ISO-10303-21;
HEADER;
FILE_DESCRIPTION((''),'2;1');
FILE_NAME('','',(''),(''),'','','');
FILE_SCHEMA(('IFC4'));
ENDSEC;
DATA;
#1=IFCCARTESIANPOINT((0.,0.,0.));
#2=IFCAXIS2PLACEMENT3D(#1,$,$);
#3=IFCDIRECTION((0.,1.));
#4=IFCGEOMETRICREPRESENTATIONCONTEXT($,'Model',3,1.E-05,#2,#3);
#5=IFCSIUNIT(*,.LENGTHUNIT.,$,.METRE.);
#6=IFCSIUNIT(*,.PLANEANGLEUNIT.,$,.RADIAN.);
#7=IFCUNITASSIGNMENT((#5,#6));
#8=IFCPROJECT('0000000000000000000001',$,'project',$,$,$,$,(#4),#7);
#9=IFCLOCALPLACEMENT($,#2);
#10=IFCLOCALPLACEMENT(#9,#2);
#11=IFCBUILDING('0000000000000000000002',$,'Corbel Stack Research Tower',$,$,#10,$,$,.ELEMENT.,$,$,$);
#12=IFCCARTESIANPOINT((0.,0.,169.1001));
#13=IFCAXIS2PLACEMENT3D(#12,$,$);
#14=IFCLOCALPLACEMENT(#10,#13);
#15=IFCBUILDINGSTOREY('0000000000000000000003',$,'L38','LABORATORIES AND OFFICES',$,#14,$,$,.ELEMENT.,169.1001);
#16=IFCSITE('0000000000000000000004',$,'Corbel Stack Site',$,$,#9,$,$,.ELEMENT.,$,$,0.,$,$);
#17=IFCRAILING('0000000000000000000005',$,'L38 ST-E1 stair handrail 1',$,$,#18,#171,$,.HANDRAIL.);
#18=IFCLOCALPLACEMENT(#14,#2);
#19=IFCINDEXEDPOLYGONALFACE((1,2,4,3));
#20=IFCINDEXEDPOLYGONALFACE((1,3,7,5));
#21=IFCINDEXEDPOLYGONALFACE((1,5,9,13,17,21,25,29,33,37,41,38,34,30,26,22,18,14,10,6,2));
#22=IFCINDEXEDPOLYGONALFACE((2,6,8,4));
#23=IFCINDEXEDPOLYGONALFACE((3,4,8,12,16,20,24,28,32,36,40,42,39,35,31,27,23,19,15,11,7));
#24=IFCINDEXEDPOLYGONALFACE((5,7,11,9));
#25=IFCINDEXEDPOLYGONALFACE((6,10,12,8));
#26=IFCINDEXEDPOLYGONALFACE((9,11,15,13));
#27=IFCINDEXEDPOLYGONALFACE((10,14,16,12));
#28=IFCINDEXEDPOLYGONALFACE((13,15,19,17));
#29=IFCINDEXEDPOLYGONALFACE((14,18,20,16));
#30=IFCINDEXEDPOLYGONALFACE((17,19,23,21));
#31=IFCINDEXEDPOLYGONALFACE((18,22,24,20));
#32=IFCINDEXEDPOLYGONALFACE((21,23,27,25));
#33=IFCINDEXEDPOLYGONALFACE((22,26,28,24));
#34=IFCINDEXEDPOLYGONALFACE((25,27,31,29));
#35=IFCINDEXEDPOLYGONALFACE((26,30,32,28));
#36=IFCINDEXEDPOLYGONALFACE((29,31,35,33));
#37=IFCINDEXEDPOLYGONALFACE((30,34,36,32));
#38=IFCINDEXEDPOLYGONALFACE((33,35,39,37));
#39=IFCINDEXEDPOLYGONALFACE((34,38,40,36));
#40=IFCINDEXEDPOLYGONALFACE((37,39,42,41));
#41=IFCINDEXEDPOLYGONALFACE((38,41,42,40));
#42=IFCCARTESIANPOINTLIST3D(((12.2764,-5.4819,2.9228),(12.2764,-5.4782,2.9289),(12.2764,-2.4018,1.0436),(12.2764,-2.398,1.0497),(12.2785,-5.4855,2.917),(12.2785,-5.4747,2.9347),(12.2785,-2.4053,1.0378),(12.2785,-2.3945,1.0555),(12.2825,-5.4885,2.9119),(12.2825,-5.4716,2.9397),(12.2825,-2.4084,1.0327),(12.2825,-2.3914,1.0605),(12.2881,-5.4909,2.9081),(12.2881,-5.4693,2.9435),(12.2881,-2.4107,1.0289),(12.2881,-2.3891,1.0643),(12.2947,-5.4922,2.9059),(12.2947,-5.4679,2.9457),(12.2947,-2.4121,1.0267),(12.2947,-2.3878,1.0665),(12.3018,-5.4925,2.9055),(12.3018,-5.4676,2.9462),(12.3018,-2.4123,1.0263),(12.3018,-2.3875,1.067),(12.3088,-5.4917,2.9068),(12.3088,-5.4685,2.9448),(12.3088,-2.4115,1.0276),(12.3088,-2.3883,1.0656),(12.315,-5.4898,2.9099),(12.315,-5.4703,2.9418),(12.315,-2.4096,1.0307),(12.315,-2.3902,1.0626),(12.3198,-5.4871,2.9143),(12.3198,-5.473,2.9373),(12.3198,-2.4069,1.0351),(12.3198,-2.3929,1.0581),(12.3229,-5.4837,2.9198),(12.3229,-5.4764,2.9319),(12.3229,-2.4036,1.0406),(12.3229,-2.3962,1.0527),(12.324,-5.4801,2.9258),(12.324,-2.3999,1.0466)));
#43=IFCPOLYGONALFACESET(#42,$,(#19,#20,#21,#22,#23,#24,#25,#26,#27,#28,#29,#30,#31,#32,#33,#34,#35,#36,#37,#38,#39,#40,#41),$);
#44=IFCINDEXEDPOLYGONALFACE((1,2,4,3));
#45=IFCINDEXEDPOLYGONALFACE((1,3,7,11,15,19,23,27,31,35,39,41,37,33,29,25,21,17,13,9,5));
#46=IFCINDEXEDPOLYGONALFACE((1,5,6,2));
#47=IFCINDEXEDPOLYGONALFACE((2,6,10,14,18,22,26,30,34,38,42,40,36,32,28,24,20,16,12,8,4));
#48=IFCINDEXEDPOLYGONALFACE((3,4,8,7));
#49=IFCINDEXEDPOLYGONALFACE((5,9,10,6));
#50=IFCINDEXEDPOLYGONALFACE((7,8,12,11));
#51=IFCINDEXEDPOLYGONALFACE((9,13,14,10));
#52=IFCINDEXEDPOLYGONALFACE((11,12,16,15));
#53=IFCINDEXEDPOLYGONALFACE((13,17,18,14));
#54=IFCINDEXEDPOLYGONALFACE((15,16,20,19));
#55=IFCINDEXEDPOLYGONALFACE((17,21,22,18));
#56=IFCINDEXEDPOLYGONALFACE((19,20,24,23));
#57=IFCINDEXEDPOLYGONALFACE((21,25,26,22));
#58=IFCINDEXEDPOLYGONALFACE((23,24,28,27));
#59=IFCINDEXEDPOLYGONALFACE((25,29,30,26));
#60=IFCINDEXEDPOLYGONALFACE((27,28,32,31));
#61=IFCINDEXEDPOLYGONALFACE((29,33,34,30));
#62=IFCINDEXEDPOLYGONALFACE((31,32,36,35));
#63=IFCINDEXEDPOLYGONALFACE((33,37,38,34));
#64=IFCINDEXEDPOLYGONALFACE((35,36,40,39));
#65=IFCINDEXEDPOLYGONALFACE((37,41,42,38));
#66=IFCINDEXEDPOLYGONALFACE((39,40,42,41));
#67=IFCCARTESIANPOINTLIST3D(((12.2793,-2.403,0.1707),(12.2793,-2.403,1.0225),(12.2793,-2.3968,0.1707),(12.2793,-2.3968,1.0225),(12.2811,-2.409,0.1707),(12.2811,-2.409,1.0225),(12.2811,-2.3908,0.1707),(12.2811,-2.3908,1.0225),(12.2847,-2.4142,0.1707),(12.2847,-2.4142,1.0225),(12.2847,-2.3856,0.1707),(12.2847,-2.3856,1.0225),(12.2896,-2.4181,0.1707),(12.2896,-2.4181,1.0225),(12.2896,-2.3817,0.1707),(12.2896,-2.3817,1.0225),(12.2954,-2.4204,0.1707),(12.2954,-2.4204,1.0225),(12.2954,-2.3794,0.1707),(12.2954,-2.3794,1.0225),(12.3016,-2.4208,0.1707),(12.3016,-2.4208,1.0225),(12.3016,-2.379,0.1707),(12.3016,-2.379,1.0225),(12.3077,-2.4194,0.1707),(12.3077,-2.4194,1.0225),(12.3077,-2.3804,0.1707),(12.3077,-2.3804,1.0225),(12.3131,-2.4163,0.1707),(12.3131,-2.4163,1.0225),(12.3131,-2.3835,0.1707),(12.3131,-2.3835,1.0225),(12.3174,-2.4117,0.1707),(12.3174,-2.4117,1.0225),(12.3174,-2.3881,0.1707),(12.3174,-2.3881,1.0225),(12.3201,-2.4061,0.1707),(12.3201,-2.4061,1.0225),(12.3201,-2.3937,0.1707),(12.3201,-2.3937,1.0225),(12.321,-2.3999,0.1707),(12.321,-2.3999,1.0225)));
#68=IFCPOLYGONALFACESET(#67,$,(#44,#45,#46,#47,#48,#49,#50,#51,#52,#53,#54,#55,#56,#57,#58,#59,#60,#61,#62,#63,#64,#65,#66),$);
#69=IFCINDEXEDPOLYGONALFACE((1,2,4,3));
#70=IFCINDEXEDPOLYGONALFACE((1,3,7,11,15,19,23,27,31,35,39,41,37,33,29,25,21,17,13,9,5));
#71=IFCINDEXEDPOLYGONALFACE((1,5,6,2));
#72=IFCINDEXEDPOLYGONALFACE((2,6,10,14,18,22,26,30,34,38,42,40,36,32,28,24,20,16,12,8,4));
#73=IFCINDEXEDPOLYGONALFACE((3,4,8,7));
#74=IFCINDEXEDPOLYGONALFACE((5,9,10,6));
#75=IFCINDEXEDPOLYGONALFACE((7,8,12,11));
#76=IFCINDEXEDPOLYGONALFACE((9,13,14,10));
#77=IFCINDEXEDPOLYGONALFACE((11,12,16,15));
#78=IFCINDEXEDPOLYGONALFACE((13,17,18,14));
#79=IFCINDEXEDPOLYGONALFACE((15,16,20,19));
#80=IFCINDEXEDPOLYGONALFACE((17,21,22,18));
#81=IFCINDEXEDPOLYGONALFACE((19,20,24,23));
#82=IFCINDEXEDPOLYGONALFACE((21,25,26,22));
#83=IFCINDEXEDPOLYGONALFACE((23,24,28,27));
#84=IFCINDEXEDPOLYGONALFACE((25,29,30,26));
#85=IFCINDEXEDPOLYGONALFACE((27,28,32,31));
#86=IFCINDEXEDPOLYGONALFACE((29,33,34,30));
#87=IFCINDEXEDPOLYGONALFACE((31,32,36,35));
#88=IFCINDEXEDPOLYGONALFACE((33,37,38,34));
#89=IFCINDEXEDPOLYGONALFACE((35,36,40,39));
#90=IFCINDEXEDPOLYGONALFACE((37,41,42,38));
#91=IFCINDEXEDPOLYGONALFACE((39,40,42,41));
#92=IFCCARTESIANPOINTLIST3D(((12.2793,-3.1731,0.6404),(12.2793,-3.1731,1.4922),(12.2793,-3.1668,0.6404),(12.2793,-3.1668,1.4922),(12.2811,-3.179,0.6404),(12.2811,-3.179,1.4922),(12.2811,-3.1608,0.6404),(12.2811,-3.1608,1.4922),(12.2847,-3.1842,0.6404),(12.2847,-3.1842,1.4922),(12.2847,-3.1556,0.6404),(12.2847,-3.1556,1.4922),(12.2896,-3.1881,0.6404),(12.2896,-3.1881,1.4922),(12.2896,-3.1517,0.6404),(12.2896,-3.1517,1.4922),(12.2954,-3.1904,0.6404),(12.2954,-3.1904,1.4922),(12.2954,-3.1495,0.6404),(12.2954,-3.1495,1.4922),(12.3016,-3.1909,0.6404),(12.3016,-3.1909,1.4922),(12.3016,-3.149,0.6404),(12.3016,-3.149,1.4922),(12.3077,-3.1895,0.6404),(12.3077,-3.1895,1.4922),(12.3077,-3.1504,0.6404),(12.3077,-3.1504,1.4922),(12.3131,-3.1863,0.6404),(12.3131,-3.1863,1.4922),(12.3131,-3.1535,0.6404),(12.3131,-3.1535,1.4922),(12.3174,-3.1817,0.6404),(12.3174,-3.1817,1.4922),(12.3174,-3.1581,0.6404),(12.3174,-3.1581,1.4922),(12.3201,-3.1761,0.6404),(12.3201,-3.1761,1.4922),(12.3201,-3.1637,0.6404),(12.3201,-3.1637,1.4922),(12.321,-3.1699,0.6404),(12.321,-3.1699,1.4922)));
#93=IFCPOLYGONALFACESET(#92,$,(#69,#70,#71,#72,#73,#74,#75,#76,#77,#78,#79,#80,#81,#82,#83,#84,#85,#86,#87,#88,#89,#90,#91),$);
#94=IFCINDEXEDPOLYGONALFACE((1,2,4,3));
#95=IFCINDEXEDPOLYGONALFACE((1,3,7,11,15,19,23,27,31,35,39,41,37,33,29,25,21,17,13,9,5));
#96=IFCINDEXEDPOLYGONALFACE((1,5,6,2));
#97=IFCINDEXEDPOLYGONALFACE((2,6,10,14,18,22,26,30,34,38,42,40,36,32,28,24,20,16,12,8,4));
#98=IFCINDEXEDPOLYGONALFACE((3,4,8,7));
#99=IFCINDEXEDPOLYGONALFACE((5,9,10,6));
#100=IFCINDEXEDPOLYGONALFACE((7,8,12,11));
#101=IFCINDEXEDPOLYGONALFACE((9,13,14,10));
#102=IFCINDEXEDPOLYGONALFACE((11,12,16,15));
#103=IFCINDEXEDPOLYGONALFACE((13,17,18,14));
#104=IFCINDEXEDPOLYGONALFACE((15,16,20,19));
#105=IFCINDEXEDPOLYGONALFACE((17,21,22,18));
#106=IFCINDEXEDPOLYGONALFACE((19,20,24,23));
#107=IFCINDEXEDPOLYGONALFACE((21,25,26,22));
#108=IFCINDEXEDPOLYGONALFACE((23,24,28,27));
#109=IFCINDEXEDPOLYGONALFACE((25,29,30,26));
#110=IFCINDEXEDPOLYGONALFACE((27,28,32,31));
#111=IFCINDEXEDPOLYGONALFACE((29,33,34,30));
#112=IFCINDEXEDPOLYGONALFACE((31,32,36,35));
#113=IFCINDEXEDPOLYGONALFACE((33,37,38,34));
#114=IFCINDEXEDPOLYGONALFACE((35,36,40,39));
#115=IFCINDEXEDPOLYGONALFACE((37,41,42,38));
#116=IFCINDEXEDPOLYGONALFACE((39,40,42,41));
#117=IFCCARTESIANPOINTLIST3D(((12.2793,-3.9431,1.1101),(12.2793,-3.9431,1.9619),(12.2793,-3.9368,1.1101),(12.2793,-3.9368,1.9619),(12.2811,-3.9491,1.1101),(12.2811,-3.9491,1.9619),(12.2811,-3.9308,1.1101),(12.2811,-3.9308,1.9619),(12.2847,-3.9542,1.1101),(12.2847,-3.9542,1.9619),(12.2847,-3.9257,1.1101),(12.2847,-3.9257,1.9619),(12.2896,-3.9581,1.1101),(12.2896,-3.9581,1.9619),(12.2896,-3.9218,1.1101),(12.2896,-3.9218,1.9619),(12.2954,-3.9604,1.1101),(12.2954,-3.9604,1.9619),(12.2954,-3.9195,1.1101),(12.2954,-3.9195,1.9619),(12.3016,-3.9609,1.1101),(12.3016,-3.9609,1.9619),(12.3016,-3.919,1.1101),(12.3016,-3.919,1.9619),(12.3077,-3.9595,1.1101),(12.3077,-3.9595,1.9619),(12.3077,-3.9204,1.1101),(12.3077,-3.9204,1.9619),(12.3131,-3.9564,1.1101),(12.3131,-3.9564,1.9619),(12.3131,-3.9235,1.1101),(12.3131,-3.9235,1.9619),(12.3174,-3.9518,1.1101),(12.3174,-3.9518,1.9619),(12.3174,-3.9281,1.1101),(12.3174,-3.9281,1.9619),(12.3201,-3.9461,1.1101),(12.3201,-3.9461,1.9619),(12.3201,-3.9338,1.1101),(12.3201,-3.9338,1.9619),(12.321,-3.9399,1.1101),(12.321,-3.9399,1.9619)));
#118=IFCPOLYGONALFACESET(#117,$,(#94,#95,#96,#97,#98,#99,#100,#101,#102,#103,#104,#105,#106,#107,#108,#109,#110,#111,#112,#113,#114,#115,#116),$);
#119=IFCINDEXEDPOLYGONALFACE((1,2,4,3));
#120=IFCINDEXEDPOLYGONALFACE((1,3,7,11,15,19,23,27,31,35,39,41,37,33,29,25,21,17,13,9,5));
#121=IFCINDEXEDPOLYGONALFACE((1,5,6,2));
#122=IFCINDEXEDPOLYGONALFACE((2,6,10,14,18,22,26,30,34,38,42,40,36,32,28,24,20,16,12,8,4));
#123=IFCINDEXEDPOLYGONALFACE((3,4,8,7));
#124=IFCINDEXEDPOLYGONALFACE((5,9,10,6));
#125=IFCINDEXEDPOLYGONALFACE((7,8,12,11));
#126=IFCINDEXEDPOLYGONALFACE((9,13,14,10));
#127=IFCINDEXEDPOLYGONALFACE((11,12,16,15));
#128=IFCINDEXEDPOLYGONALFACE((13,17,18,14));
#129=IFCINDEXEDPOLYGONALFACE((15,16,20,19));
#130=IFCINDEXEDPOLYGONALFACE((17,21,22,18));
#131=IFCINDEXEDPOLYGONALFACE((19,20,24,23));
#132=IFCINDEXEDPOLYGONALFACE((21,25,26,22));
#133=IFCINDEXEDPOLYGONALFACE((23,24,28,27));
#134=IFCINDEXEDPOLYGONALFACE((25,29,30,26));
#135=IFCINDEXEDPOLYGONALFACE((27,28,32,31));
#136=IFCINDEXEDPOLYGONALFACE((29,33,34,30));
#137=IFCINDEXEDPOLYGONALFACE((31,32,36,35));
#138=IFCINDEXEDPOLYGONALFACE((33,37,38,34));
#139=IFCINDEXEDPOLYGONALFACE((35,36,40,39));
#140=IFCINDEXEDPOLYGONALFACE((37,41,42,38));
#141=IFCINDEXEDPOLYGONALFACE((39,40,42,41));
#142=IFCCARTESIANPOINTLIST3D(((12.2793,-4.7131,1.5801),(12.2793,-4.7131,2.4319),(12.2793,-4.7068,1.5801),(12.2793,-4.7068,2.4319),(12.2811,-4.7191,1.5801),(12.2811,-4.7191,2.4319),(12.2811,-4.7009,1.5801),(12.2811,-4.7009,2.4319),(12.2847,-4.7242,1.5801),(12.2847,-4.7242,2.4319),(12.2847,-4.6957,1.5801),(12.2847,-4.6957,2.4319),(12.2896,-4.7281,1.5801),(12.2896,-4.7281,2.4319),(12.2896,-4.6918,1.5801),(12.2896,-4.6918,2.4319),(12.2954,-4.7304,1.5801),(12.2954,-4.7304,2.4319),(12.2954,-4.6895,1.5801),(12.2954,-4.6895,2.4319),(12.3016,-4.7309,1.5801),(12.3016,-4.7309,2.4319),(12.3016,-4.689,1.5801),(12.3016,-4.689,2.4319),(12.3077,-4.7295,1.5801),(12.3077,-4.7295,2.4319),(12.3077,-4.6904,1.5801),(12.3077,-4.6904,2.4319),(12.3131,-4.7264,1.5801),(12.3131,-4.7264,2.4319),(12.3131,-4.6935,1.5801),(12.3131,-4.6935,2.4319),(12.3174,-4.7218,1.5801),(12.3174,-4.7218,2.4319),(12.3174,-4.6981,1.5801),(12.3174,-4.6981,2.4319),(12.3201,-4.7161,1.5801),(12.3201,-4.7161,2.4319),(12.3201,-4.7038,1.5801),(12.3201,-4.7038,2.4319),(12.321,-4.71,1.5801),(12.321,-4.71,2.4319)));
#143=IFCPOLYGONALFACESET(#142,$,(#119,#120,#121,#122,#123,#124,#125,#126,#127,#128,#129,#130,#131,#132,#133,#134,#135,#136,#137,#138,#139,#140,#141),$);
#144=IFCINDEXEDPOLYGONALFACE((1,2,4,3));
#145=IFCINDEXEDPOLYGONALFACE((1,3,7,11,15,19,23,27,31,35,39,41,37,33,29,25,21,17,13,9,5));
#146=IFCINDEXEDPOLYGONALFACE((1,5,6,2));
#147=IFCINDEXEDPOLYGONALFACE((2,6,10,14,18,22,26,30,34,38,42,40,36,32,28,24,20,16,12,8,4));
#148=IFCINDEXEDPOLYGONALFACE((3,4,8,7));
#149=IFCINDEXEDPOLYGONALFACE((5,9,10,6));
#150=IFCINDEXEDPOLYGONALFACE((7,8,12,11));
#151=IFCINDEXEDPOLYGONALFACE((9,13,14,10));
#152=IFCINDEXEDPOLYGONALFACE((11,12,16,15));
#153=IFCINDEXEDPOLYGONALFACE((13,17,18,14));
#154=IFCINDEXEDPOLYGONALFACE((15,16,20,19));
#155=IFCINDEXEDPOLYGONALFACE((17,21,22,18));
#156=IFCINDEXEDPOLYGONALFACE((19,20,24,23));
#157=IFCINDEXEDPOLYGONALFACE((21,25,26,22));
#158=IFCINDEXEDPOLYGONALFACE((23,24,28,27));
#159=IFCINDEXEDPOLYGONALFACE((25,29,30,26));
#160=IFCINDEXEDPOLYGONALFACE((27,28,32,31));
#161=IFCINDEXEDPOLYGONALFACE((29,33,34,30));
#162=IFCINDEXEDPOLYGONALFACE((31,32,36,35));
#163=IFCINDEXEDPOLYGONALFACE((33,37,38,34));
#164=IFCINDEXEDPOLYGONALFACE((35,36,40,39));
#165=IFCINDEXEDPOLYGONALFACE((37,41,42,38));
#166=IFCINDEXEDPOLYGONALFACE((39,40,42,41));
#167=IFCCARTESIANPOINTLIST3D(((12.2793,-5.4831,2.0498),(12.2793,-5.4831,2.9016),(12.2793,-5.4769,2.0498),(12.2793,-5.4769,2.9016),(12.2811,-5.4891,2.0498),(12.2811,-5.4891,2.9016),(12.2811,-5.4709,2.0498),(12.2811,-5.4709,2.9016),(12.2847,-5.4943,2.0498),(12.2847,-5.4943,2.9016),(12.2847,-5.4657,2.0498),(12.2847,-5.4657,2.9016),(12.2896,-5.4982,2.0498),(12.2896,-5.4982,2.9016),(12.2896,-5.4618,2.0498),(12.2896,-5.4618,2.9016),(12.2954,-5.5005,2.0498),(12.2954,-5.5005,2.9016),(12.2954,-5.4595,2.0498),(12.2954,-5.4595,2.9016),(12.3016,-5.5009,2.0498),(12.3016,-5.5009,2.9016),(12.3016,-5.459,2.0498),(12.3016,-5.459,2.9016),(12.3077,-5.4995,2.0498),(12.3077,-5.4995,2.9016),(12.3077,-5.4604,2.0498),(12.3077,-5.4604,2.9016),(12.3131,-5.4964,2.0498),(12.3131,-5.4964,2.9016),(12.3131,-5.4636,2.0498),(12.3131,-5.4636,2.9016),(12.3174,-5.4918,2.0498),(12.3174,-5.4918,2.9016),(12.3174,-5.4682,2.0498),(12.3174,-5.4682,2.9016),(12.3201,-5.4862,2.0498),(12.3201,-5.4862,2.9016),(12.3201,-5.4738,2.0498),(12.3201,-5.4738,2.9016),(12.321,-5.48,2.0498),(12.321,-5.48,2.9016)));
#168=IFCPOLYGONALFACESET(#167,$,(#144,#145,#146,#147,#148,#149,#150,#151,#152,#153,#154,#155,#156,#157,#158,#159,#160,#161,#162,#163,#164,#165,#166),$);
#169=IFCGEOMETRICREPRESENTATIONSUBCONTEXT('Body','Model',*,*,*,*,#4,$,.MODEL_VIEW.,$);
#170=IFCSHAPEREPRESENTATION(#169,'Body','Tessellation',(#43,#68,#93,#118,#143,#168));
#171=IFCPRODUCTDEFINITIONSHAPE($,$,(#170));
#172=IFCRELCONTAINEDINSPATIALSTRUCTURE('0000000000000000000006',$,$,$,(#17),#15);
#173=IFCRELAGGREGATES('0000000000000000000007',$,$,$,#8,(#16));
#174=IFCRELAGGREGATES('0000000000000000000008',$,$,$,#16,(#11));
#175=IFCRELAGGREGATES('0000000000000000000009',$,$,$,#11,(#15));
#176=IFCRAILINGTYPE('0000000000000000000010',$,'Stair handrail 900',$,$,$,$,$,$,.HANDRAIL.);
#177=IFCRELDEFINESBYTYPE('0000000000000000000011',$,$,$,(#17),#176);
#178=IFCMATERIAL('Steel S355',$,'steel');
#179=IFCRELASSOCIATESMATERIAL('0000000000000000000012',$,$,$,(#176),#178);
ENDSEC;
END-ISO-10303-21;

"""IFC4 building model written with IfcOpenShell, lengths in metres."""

from ifc_helpers import new_model, si_unit, direction, frame, origin, origin_2d, place, context, subcontext, project, spatial, circle, extrude, material, type_object, element, save


model = new_model("IFC4")

# Units and contexts
model_context = context("Model", 3, precision=1e-05, world=origin(), true_north=direction((0.0, 1.0)))
body_context = subcontext(model_context, "Body", "Model", "MODEL_VIEW")
ifc_project = project(units=[si_unit("LENGTHUNIT", "METRE"), si_unit("PLANEANGLEUNIT", "RADIAN")], contexts=[model_context])

# Site, building, storey
site_placement = place(None, origin())
site = spatial("IfcSite", under=ifc_project, at=site_placement, Name="Corbel Stack Site", CompositionType="ELEMENT", RefElevation=0.0)
building_placement = place(site_placement, origin())
building = spatial("IfcBuilding", under=site, at=building_placement, Name="Corbel Stack Research Tower", CompositionType="ELEMENT")
storey_placement = place(building_placement, frame((0.0, 0.0, 169.1001)))
storey = spatial("IfcBuildingStorey", under=building, at=storey_placement, Name="L38", Description="LABORATORIES AND OFFICES", CompositionType="ELEMENT", Elevation=169.1001)

# Railing
ifc_material_1 = material(Name="Steel S355", Category="steel")
railing_type_1 = type_object("IfcRailingType", Name="Stair handrail 900", PredefinedType="HANDRAIL", material=ifc_material_1)
railing_1_placement = place(storey_placement, frame((12.3, -2.3999, 0.1707)))
element("IfcRailing", 1, at=railing_1_placement, inside=storey, type_object=railing_type_1, Name="L38 ST-E1 stair handrail 1", PredefinedType="HANDRAIL", context=body_context, shape_type="SweptSolid", body=[
    extrude(circle(Radius=0.0239, at=origin_2d()), frame((0.0, 0.0, 0.876), z_axis=(0.0, -0.853666, 0.52082), x_axis=(1.0, 0.0, 0.0)), (0.0, 0.0, 1.0), 3.6082),
    extrude(circle(Radius=0.021, at=origin_2d()), origin(), (0.0, 0.0, 1.0), 0.8518),
    extrude(circle(Radius=0.021, at=origin_2d()), frame((0.0, -0.77, 0.4697)), (0.0, 0.0, 1.0), 0.8518),
    extrude(circle(Radius=0.021, at=origin_2d()), frame((0.0, -1.54, 0.9395)), (0.0, 0.0, 1.0), 0.8518),
    extrude(circle(Radius=0.021, at=origin_2d()), frame((0.0, -2.3101, 1.4094)), (0.0, 0.0, 1.0), 0.8518),
    extrude(circle(Radius=0.021, at=origin_2d()), frame((0.0, -3.0801, 1.8792)), (0.0, 0.0, 1.0), 0.8518),
])

save(model, "model.ifc")
